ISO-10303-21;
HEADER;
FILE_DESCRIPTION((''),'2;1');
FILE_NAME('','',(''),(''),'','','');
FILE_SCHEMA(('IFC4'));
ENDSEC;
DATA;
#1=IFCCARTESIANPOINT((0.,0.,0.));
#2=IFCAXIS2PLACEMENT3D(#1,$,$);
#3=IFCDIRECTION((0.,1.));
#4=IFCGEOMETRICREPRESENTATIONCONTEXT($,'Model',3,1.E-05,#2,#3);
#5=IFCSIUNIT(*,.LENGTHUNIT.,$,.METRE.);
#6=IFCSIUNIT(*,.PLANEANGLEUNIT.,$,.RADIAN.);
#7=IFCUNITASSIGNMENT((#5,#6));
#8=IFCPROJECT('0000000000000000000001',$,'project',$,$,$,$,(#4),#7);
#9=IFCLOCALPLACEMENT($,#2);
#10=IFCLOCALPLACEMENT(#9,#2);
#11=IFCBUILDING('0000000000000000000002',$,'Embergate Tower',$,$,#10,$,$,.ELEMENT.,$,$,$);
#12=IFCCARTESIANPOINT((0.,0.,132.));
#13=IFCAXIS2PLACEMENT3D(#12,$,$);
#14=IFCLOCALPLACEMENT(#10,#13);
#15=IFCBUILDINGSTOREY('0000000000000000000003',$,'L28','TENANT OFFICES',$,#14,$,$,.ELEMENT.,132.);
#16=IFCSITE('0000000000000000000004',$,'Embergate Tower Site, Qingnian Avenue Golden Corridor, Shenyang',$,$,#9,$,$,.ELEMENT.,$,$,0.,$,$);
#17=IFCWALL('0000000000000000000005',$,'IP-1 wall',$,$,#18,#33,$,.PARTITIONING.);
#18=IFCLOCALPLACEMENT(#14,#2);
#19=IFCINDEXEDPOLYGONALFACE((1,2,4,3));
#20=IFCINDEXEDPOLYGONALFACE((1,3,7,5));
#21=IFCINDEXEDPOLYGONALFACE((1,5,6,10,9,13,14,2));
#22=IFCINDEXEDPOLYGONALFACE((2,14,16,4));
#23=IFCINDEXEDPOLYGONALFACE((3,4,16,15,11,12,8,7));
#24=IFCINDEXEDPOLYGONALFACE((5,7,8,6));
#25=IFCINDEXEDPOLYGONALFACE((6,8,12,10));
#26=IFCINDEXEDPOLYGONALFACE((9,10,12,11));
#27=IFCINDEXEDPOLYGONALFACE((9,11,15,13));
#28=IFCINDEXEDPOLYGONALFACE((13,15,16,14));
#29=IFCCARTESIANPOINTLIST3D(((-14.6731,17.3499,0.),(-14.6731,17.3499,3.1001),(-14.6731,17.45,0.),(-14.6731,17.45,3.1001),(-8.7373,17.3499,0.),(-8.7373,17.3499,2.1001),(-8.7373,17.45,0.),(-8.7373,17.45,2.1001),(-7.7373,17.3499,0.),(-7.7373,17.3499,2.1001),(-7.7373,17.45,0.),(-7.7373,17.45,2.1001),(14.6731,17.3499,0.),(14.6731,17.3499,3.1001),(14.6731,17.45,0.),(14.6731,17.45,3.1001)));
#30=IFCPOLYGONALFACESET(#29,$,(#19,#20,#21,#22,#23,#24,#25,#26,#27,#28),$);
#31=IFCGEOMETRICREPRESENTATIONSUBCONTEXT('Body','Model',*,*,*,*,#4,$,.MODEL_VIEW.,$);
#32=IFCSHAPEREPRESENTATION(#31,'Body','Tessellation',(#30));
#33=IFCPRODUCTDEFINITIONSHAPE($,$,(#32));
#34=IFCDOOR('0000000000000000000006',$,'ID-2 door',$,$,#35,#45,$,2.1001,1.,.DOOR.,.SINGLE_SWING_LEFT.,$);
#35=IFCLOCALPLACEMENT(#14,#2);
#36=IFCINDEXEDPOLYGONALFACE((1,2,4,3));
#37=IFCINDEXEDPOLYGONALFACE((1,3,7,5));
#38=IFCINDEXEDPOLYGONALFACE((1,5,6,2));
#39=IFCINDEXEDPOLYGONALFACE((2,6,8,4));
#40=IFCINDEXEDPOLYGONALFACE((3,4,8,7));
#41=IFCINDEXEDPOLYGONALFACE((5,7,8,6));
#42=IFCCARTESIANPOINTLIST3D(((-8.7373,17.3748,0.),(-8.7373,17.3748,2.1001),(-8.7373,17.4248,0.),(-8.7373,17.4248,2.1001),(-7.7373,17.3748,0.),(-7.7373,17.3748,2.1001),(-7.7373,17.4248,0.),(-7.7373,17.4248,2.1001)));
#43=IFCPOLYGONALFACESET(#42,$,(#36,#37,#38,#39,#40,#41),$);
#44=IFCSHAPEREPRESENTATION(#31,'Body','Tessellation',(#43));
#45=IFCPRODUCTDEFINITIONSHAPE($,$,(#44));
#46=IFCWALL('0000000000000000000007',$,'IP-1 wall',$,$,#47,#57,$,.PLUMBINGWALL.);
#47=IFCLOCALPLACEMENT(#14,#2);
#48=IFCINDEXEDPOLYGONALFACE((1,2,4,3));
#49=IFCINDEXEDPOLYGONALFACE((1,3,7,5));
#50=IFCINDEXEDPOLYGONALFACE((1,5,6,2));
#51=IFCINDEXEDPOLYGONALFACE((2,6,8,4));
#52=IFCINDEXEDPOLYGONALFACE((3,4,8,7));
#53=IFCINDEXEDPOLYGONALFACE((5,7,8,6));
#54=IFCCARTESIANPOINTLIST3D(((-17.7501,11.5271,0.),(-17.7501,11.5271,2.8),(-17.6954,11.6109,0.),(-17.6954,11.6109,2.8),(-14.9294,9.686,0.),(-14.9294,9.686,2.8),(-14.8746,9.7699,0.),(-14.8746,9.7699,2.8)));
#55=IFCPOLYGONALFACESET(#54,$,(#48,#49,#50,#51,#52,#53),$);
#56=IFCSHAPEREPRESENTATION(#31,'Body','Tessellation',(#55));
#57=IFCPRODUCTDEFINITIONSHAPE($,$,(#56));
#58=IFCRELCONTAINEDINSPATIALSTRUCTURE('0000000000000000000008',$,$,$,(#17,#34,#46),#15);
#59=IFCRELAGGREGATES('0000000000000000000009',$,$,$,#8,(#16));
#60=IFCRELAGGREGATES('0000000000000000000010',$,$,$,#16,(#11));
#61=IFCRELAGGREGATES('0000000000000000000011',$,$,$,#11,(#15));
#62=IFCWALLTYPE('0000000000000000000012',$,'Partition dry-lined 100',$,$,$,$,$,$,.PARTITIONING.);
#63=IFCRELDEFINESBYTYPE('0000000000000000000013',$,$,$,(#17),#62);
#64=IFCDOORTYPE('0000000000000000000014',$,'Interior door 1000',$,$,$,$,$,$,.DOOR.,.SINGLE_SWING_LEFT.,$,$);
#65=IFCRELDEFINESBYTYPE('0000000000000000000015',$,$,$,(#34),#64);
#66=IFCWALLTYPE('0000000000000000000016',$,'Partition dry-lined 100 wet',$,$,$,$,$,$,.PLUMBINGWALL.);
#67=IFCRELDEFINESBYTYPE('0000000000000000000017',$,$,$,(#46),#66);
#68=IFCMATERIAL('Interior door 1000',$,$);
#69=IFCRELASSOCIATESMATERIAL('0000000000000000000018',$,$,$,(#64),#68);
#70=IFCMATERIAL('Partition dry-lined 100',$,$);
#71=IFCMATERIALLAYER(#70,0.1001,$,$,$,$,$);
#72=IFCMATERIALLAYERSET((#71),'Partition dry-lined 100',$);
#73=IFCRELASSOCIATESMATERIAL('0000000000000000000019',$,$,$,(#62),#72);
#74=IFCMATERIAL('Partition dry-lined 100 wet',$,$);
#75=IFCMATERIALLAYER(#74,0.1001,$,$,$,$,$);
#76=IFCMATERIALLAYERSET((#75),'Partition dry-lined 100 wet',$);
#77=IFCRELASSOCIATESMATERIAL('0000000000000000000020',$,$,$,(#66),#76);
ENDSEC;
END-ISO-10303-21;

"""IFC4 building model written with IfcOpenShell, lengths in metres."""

from ifc_helpers import new_model, si_unit, direction, frame, frame_2d, origin, place, context, subcontext, project, spatial, rectangle, extrude, source, transform, mapped, material, layer, layer_set, type_object, element, fill, save


model = new_model("IFC4")

# Units and contexts
model_context = context("Model", 3, precision=1e-05, world=origin(), true_north=direction((0.0, 1.0)))
body_context = subcontext(model_context, "Body", "Model", "MODEL_VIEW")
ifc_project = project(units=[si_unit("LENGTHUNIT", "METRE"), si_unit("PLANEANGLEUNIT", "RADIAN")], contexts=[model_context])

# Site, building, storey
site_placement = place(None, origin())
site = spatial("IfcSite", under=ifc_project, at=site_placement, Name="Embergate Tower Site, Qingnian Avenue Golden Corridor, Shenyang", CompositionType="ELEMENT", RefElevation=0.0)
building_placement = place(site_placement, origin())
building = spatial("IfcBuilding", under=site, at=building_placement, Name="Embergate Tower", CompositionType="ELEMENT")
storey_placement = place(building_placement, frame((0.0, 0.0, 132.0)))
storey = spatial("IfcBuildingStorey", under=building, at=storey_placement, Name="L28", Description="TENANT OFFICES", CompositionType="ELEMENT", Elevation=132.0)

# Shared definitions
ifc_material_1 = material(Name="Interior door 1000")
door_type_1 = type_object("IfcDoorType", Name="Interior door 1000", OperationType="SINGLE_SWING_LEFT", PredefinedType="DOOR", material=ifc_material_1)
shared_shape_1 = source(origin(), body_context, "Body", "SweptSolid", [
    extrude(rectangle(XDim=1.0, YDim=2.1001, at=frame_2d((0.5, 1.05))), frame((0.0, 0.0249, 0.0), z_axis=(0.0, -1.0, 0.0), x_axis=(1.0, 0.0, 0.0)), (0.0, 0.0, 1.0), 0.05),
])

# Shared definitions
ifc_material_2 = material(Name="Partition dry-lined 100")
ifc_layer_1 = layer(ifc_material_2, 0.1001)
ifc_layer_set_1 = layer_set([ifc_layer_1], Name="Partition dry-lined 100")
wall_type_1 = type_object("IfcWallType", Name="Partition dry-lined 100", PredefinedType="PARTITIONING", material=ifc_layer_set_1)

# Wall, opening, door
shared_shape_2 = source(origin(), body_context, "Body", "SweptSolid", [
    extrude(rectangle(XDim=29.3462, YDim=0.1001, at=frame_2d((14.6731, 0.0))), origin(), (0.0, 0.0, 1.0), 3.1001),
])
wall_1_placement = place(storey_placement, frame((-14.6731, 17.3999, 0.0), z_axis=(0.0, 0.0, 1.0), x_axis=(1.0, 0.0, 0.0)))
wall_1 = element("IfcWall", 1, at=wall_1_placement, inside=storey, type_object=wall_type_1, Name="IP-1 wall", PredefinedType="PARTITIONING", context=body_context, shape_type="MappedRepresentation", body=[
    mapped(shared_shape_2, transform((0.0, 0.0, 0.0))),
])
shared_shape_3 = source(origin(), body_context, "Body", "SweptSolid", [
    extrude(rectangle(XDim=1.0, YDim=2.1001, at=frame_2d((0.5, 1.05))), frame((0.0, 0.0601, 0.0), z_axis=(0.0, -1.0, 0.0), x_axis=(1.0, 0.0, 0.0)), (0.0, 0.0, 1.0), 0.1201),
])
opening_1_placement = place(wall_1_placement, frame((5.9358, 0.0, 0.0)))
opening_1 = element("IfcOpeningElement", 2, at=opening_1_placement, cuts=wall_1, PredefinedType="OPENING", context=body_context, shape_type="MappedRepresentation", body=[
    mapped(shared_shape_3, transform((0.0, 0.0, 0.0))),
])
door_1_placement = place(opening_1_placement, origin())
door_1 = element("IfcDoor", 3, at=door_1_placement, inside=storey, type_object=door_type_1, Name="ID-2 door", OperationType="SINGLE_SWING_LEFT", OverallHeight=2.1001, OverallWidth=1.0, PredefinedType="DOOR", context=body_context, shape_type="MappedRepresentation", body=[
    mapped(shared_shape_1, transform((0.0, 0.0, 0.0))),
])
fill(opening_1, door_1)

# Wall
ifc_material_3 = material(Name="Partition dry-lined 100 wet")
ifc_layer_2 = layer(ifc_material_3, 0.1001)
ifc_layer_set_2 = layer_set([ifc_layer_2], Name="Partition dry-lined 100 wet")
wall_type_2 = type_object("IfcWallType", Name="Partition dry-lined 100 wet", PredefinedType="PLUMBINGWALL", material=ifc_layer_set_2)
shared_shape_4 = source(origin(), body_context, "Body", "SweptSolid", [
    extrude(rectangle(XDim=3.3684, YDim=0.1001, at=frame_2d((1.6841, 0.0))), origin(), (0.0, 0.0, 1.0), 2.8),
])
wall_2_placement = place(storey_placement, frame((-14.9021, 9.728, 0.0), z_axis=(0.0, 0.0, 1.0), x_axis=(-0.837419, 0.546562, 0.0)))
element("IfcWall", 4, at=wall_2_placement, inside=storey, type_object=wall_type_2, Name="IP-1 wall", PredefinedType="PLUMBINGWALL", context=body_context, shape_type="MappedRepresentation", body=[
    mapped(shared_shape_4, transform((0.0, 0.0, 0.0))),
])

save(model, "model.ifc")
